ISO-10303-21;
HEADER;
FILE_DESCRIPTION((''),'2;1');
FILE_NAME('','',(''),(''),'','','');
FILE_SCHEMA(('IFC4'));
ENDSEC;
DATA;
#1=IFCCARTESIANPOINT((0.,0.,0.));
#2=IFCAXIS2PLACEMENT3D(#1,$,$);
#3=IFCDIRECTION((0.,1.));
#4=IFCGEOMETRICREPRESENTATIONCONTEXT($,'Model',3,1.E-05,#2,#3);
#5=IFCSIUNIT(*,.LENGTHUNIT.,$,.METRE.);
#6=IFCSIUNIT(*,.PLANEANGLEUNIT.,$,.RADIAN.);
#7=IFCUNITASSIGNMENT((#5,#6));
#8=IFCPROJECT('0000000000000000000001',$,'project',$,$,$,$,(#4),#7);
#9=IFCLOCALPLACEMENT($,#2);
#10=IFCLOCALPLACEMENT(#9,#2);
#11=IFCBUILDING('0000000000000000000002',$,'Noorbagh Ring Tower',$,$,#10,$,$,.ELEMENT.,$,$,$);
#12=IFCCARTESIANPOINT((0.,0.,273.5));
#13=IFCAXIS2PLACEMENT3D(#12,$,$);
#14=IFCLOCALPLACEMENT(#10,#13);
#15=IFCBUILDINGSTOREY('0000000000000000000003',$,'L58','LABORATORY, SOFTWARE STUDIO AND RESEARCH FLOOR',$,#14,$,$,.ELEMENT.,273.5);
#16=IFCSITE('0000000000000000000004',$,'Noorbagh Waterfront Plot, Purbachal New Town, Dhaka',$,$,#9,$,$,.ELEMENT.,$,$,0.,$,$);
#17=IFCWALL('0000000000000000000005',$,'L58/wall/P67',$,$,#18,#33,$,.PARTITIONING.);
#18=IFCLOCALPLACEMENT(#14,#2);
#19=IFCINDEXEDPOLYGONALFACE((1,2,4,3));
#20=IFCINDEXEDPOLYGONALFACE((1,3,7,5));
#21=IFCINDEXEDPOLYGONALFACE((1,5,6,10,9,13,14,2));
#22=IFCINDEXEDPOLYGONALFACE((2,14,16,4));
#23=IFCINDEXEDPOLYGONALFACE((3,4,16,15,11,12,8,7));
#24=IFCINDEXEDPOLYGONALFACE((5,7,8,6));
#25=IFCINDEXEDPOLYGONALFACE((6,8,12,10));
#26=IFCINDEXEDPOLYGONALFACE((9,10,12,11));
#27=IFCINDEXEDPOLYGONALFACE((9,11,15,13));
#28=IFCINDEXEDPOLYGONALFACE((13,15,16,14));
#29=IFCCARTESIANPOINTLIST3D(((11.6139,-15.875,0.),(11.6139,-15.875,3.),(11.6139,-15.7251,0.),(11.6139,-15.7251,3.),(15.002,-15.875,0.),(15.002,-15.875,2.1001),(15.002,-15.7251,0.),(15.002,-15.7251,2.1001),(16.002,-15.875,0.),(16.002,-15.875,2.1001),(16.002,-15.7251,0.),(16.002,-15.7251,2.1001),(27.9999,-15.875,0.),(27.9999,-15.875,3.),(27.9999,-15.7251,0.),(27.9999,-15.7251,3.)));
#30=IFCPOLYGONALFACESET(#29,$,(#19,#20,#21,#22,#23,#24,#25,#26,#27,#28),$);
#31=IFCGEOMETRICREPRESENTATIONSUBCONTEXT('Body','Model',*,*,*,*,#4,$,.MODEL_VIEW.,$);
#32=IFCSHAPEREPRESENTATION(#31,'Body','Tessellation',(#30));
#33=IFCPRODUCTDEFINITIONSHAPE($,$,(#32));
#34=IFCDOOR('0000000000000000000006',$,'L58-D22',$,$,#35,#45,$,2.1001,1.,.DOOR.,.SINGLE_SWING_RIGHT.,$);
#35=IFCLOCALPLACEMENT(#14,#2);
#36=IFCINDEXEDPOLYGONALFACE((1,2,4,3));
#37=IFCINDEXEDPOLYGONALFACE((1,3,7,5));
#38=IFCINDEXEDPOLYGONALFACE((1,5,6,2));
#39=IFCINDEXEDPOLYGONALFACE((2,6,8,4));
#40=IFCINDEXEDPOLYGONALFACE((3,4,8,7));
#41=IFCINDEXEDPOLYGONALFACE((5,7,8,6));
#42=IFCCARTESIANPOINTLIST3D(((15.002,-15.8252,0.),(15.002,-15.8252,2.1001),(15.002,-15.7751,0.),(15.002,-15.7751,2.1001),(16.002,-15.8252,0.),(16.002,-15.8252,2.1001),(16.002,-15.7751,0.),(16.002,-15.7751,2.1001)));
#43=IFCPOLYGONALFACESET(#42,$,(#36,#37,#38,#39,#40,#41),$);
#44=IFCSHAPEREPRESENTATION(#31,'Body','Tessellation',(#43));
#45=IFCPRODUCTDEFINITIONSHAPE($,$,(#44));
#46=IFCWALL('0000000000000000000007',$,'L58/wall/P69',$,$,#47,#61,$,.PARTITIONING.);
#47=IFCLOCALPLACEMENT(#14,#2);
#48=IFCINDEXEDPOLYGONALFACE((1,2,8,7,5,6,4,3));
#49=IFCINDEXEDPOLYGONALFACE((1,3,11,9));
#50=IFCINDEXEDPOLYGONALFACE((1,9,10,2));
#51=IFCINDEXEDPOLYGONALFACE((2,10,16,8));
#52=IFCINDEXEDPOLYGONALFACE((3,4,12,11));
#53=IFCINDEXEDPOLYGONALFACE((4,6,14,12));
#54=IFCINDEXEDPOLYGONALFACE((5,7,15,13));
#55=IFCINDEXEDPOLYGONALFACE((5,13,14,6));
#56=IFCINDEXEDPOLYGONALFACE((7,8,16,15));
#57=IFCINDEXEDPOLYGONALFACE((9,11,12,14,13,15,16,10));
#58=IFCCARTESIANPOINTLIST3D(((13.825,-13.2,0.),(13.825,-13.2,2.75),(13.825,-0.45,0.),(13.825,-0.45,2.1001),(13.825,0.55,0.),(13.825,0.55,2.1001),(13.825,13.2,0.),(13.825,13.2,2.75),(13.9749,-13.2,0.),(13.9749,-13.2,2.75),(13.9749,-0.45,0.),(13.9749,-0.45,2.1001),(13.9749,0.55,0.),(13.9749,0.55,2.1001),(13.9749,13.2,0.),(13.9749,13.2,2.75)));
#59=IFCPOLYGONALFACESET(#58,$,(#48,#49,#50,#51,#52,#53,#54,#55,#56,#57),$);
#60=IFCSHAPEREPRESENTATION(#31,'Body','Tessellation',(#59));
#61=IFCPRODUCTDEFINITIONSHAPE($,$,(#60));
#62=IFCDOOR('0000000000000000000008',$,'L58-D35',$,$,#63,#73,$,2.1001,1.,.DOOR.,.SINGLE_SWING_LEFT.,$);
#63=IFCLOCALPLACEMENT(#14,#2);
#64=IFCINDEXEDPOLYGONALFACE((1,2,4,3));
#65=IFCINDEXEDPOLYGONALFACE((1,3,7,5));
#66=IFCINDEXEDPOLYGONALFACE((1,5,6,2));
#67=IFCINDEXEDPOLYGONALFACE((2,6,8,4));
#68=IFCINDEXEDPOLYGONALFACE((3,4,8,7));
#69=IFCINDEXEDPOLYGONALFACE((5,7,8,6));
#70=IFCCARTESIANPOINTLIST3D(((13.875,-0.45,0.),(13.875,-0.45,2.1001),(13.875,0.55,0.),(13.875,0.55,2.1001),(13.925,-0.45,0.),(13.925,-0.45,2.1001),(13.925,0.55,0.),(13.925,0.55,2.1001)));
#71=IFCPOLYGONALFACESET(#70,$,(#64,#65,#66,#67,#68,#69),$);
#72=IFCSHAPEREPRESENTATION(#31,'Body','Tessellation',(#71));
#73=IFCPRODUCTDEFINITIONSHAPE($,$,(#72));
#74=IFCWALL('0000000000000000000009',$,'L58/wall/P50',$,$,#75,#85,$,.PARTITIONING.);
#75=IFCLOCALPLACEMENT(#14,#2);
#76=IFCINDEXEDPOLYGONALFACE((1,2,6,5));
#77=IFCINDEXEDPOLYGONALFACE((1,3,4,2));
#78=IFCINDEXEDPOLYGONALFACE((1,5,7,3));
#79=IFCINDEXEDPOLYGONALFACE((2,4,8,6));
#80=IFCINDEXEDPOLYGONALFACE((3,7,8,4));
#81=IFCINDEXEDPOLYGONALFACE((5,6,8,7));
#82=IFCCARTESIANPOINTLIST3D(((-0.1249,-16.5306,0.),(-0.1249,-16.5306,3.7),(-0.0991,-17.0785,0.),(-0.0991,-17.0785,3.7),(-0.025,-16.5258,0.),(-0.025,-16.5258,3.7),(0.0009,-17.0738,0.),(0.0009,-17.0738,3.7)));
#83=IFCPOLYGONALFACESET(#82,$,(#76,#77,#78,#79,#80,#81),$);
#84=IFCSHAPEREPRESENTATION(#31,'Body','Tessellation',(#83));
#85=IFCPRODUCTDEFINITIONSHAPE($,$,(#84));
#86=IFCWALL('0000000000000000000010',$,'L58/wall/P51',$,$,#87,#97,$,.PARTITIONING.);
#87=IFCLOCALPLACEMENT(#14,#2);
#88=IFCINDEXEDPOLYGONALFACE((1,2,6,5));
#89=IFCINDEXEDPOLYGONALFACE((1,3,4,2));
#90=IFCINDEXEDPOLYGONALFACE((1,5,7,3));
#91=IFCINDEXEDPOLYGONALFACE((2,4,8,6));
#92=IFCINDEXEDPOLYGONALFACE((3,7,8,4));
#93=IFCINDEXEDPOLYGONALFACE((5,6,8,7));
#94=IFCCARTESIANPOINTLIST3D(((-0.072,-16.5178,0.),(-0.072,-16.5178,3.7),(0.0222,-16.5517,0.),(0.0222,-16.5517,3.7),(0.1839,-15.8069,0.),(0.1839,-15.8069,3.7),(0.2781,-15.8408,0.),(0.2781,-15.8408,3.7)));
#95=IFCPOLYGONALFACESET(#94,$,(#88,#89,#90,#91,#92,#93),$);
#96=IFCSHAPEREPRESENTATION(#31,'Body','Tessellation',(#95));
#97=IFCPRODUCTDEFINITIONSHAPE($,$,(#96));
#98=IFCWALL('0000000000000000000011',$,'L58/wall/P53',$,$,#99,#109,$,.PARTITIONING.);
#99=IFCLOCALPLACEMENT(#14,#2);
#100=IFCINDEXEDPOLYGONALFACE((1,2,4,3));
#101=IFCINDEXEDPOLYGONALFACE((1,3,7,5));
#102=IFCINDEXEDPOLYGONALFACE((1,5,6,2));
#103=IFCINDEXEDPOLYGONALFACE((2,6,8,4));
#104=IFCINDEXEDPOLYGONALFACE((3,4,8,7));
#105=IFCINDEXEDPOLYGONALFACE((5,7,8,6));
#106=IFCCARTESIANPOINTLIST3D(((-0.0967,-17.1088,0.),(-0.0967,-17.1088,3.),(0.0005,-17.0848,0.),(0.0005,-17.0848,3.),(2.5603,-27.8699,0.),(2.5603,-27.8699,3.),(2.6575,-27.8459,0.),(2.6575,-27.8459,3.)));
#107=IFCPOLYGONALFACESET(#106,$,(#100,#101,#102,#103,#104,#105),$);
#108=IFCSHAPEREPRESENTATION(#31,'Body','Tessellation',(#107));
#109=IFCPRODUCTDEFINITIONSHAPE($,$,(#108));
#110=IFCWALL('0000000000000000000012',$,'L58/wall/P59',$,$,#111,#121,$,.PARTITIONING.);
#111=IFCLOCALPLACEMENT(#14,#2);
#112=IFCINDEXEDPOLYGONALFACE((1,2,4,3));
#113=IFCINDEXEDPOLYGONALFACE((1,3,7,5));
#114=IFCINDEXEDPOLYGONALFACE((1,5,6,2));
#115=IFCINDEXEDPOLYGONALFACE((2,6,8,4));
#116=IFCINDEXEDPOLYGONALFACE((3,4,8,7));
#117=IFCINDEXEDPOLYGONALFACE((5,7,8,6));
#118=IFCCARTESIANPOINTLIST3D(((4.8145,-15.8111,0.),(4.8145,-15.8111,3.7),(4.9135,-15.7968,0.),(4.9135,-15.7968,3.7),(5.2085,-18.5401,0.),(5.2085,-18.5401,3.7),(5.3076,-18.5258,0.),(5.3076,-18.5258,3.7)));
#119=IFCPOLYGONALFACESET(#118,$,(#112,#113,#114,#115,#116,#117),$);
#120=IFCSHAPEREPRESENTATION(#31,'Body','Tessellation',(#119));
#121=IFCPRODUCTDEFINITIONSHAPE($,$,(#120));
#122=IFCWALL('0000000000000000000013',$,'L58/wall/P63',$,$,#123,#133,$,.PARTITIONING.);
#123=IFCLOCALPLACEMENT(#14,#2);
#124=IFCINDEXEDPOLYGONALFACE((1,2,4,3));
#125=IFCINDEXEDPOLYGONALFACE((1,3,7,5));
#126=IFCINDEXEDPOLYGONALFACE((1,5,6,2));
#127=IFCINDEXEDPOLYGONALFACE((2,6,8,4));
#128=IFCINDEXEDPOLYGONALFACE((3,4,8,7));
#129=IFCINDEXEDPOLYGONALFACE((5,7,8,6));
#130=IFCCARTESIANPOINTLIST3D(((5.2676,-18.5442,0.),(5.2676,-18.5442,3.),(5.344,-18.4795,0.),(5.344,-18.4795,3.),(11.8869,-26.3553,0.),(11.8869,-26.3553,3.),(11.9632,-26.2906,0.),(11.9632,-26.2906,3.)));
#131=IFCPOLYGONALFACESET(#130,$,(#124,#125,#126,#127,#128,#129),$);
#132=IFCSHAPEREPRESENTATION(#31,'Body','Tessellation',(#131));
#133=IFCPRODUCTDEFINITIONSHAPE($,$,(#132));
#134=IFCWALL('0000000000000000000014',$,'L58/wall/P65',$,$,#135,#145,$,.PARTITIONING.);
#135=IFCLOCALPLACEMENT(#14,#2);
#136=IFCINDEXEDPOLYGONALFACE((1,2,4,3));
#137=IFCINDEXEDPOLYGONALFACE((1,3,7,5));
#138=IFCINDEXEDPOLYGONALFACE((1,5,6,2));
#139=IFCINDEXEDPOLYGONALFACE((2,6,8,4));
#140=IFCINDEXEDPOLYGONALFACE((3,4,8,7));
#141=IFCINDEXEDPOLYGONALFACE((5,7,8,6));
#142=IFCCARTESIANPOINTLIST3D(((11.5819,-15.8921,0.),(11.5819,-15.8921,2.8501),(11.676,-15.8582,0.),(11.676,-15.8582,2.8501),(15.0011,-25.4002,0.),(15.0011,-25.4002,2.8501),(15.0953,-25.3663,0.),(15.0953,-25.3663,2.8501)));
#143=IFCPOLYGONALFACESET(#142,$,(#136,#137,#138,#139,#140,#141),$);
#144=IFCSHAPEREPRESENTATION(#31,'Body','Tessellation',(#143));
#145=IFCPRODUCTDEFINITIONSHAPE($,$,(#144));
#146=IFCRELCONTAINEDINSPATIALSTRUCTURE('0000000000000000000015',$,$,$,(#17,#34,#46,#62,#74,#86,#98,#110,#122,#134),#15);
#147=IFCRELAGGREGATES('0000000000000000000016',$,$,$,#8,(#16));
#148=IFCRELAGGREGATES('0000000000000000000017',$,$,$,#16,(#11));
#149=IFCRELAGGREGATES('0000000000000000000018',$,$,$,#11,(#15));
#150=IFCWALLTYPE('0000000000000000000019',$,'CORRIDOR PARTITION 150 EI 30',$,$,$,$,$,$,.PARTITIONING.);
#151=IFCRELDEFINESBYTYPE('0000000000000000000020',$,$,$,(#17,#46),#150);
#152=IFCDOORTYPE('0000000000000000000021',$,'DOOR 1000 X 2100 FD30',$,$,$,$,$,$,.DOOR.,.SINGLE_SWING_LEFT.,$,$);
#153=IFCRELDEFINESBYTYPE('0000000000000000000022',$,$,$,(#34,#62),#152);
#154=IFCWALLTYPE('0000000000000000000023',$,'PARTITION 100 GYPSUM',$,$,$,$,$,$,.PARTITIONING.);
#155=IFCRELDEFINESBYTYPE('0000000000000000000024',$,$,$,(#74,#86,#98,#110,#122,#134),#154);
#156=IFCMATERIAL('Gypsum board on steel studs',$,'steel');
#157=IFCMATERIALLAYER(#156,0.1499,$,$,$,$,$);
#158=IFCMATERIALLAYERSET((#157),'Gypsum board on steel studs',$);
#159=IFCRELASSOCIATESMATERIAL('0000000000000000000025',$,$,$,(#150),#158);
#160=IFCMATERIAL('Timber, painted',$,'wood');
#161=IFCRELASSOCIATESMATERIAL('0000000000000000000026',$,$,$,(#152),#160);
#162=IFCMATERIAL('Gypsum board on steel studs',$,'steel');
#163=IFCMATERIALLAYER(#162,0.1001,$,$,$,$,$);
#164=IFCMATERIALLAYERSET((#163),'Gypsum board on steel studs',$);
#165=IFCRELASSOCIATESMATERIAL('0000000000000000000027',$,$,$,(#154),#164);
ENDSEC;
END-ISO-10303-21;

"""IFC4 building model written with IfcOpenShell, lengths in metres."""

from ifc_helpers import new_model, si_unit, direction, frame, frame_2d, origin, place, context, subcontext, project, spatial, rectangle, extrude, material, layer, layer_set, type_object, element, fill, save


model = new_model("IFC4")

# Units and contexts
model_context = context("Model", 3, precision=1e-05, world=origin(), true_north=direction((0.0, 1.0)))
body_context = subcontext(model_context, "Body", "Model", "MODEL_VIEW")
ifc_project = project(units=[si_unit("LENGTHUNIT", "METRE"), si_unit("PLANEANGLEUNIT", "RADIAN")], contexts=[model_context])

# Site, building, storey
site_placement = place(None, origin())
site = spatial("IfcSite", under=ifc_project, at=site_placement, Name="Noorbagh Waterfront Plot, Purbachal New Town, Dhaka", CompositionType="ELEMENT", RefElevation=0.0)
building_placement = place(site_placement, origin())
building = spatial("IfcBuilding", under=site, at=building_placement, Name="Noorbagh Ring Tower", CompositionType="ELEMENT")
storey_placement = place(building_placement, frame((0.0, 0.0, 273.5)))
storey = spatial("IfcBuildingStorey", under=building, at=storey_placement, Name="L58", Description="LABORATORY, SOFTWARE STUDIO AND RESEARCH FLOOR", CompositionType="ELEMENT", Elevation=273.5)

# Shared definitions
ifc_material_1 = material(Name="Gypsum board on steel studs", Category="steel")
ifc_layer_1 = layer(ifc_material_1, 0.1499)
ifc_layer_set_1 = layer_set([ifc_layer_1], Name="Gypsum board on steel studs")
wall_type_1 = type_object("IfcWallType", Name="CORRIDOR PARTITION 150 EI 30", PredefinedType="PARTITIONING", material=ifc_layer_set_1)

# Walls, openings, doors
ifc_material_2 = material(Name="Timber, painted", Category="wood")
door_type = type_object("IfcDoorType", Name="DOOR 1000 X 2100 FD30", OperationType="SINGLE_SWING_LEFT", PredefinedType="DOOR", material=ifc_material_2)
wall_1_placement = place(storey_placement, frame((11.614, -15.8, 0.0), z_axis=(0.0, 0.0, 1.0), x_axis=(1.0, 0.0, 0.0)))
wall_1 = element("IfcWall", 1, at=wall_1_placement, inside=storey, type_object=wall_type_1, Name="L58/wall/P67", PredefinedType="PARTITIONING", context=body_context, shape_type="SweptSolid", body=[
    extrude(rectangle(XDim=16.386, YDim=0.1499, at=frame_2d((8.1929, 0.0))), origin(), (0.0, 0.0, 1.0), 3.0),
])
opening_1_placement = place(wall_1_placement, frame((3.3879, 0.0, 0.0)))
opening_1 = element("IfcOpeningElement", 2, at=opening_1_placement, cuts=wall_1, PredefinedType="OPENING", context=body_context, shape_type="SweptSolid", body=[
    extrude(rectangle(XDim=1.0, YDim=2.1001, at=frame_2d((0.5, 1.05))), frame((0.0, 0.085, 0.0), z_axis=(0.0, -1.0, 0.0), x_axis=(1.0, 0.0, 0.0)), (0.0, 0.0, 1.0), 0.1699),
])
door_1_placement = place(opening_1_placement, origin())
door_1 = element("IfcDoor", 3, at=door_1_placement, inside=storey, type_object=door_type, Name="L58-D22", OperationType="SINGLE_SWING_RIGHT", OverallHeight=2.1001, OverallWidth=1.0, PredefinedType="DOOR", context=body_context, shape_type="SweptSolid", body=[
    extrude(rectangle(XDim=1.0, YDim=2.1001, at=frame_2d((0.5, 1.05))), frame((0.0, 0.0249, 0.0), z_axis=(0.0, -1.0, 0.0), x_axis=(1.0, 0.0, 0.0)), (0.0, 0.0, 1.0), 0.05),
])
fill(opening_1, door_1)
wall_2_placement = place(storey_placement, frame((13.8999, -13.2, 0.0), z_axis=(0.0, 0.0, 1.0), x_axis=(0.0, 1.0, 0.0)))
wall_2 = element("IfcWall", 4, at=wall_2_placement, inside=storey, type_object=wall_type_1, Name="L58/wall/P69", PredefinedType="PARTITIONING", context=body_context, shape_type="SweptSolid", body=[
    extrude(rectangle(XDim=26.3999, YDim=0.1499, at=frame_2d((13.2, 0.0))), origin(), (0.0, 0.0, 1.0), 2.75),
])
opening_2_placement = place(wall_2_placement, frame((12.75, 0.0, 0.0)))
opening_2 = element("IfcOpeningElement", 5, at=opening_2_placement, cuts=wall_2, PredefinedType="OPENING", context=body_context, shape_type="SweptSolid", body=[
    extrude(rectangle(XDim=1.0, YDim=2.1001, at=frame_2d((0.5, 1.05))), frame((0.0, 0.085, 0.0), z_axis=(0.0, -1.0, 0.0), x_axis=(1.0, 0.0, 0.0)), (0.0, 0.0, 1.0), 0.1699),
])
door_2_placement = place(opening_2_placement, origin())
door_2 = element("IfcDoor", 6, at=door_2_placement, inside=storey, type_object=door_type, Name="L58-D35", OperationType="SINGLE_SWING_LEFT", OverallHeight=2.1001, OverallWidth=1.0, PredefinedType="DOOR", context=body_context, shape_type="SweptSolid", body=[
    extrude(rectangle(XDim=1.0, YDim=2.1001, at=frame_2d((0.5, 1.05))), frame((0.0, 0.0249, 0.0), z_axis=(0.0, -1.0, 0.0), x_axis=(1.0, 0.0, 0.0)), (0.0, 0.0, 1.0), 0.05),
])
fill(opening_2, door_2)

# Walls
ifc_material_3 = material(Name="Gypsum board on steel studs", Category="steel")
ifc_layer_2 = layer(ifc_material_3, 0.1001)
ifc_layer_set_2 = layer_set([ifc_layer_2], Name="Gypsum board on steel studs")
wall_type_2 = type_object("IfcWallType", Name="PARTITION 100 GYPSUM", PredefinedType="PARTITIONING", material=ifc_layer_set_2)
wall_3_placement = place(storey_placement, frame((-0.075, -16.5281, 0.0), z_axis=(0.0, 0.0, 1.0), x_axis=(0.047184, -0.998886, 0.0)))
element("IfcWall", 7, at=wall_3_placement, inside=storey, type_object=wall_type_2, Name="L58/wall/P50", PredefinedType="PARTITIONING", context=body_context, shape_type="SweptSolid", body=[
    extrude(rectangle(XDim=0.5486, YDim=0.1001, at=frame_2d((0.2744, 0.0))), origin(), (0.0, 0.0, 1.0), 3.7),
])
wall_4_placement = place(storey_placement, frame((-0.0249, -16.5349, 0.0), z_axis=(0.0, 0.0, 1.0), x_axis=(0.338628, 0.94092, 0.0)))
element("IfcWall", 8, at=wall_4_placement, inside=storey, type_object=wall_type_2, Name="L58/wall/P51", PredefinedType="PARTITIONING", context=body_context, shape_type="SweptSolid", body=[
    extrude(rectangle(XDim=0.7556, YDim=0.1001, at=frame_2d((0.3779, 0.0))), origin(), (0.0, 0.0, 1.0), 3.7),
])
wall_5_placement = place(storey_placement, frame((-0.0481, -17.0969, 0.0), z_axis=(0.0, 0.0, 1.0), x_axis=(0.23971, -0.970845, 0.0)))
element("IfcWall", 9, at=wall_5_placement, inside=storey, type_object=wall_type_2, Name="L58/wall/P53", PredefinedType="PARTITIONING", context=body_context, shape_type="SweptSolid", body=[
    extrude(rectangle(XDim=11.0842, YDim=0.1001, at=frame_2d((5.542, 0.0))), origin(), (0.0, 0.0, 1.0), 3.0),
])
wall_6_placement = place(storey_placement, frame((4.864, -15.804, 0.0), z_axis=(0.0, 0.0, 1.0), x_axis=(0.142909, -0.989736, 0.0)))
element("IfcWall", 10, at=wall_6_placement, inside=storey, type_object=wall_type_2, Name="L58/wall/P59", PredefinedType="PARTITIONING", context=body_context, shape_type="SweptSolid", body=[
    extrude(rectangle(XDim=2.7573, YDim=0.1001, at=frame_2d((1.3787, 0.0))), origin(), (0.0, 0.0, 1.0), 3.7),
])
wall_7_placement = place(storey_placement, frame((5.3059, -18.512, 0.0), z_axis=(0.0, 0.0, 1.0), x_axis=(0.6465, -0.762914, 0.0)))
element("IfcWall", 11, at=wall_7_placement, inside=storey, type_object=wall_type_2, Name="L58/wall/P63", PredefinedType="PARTITIONING", context=body_context, shape_type="SweptSolid", body=[
    extrude(rectangle(XDim=10.2385, YDim=0.1001, at=frame_2d((5.1191, 0.0))), origin(), (0.0, 0.0, 1.0), 3.0),
])
wall_8_placement = place(storey_placement, frame((11.6289, -15.875, 0.0), z_axis=(0.0, 0.0, 1.0), x_axis=(0.338394, -0.941004, 0.0)))
element("IfcWall", 12, at=wall_8_placement, inside=storey, type_object=wall_type_2, Name="L58/wall/P65", PredefinedType="PARTITIONING", context=body_context, shape_type="SweptSolid", body=[
    extrude(rectangle(XDim=10.1042, YDim=0.1001, at=frame_2d((5.0522, 0.0))), origin(), (0.0, 0.0, 1.0), 2.8501),
])

save(model, "model.ifc")
